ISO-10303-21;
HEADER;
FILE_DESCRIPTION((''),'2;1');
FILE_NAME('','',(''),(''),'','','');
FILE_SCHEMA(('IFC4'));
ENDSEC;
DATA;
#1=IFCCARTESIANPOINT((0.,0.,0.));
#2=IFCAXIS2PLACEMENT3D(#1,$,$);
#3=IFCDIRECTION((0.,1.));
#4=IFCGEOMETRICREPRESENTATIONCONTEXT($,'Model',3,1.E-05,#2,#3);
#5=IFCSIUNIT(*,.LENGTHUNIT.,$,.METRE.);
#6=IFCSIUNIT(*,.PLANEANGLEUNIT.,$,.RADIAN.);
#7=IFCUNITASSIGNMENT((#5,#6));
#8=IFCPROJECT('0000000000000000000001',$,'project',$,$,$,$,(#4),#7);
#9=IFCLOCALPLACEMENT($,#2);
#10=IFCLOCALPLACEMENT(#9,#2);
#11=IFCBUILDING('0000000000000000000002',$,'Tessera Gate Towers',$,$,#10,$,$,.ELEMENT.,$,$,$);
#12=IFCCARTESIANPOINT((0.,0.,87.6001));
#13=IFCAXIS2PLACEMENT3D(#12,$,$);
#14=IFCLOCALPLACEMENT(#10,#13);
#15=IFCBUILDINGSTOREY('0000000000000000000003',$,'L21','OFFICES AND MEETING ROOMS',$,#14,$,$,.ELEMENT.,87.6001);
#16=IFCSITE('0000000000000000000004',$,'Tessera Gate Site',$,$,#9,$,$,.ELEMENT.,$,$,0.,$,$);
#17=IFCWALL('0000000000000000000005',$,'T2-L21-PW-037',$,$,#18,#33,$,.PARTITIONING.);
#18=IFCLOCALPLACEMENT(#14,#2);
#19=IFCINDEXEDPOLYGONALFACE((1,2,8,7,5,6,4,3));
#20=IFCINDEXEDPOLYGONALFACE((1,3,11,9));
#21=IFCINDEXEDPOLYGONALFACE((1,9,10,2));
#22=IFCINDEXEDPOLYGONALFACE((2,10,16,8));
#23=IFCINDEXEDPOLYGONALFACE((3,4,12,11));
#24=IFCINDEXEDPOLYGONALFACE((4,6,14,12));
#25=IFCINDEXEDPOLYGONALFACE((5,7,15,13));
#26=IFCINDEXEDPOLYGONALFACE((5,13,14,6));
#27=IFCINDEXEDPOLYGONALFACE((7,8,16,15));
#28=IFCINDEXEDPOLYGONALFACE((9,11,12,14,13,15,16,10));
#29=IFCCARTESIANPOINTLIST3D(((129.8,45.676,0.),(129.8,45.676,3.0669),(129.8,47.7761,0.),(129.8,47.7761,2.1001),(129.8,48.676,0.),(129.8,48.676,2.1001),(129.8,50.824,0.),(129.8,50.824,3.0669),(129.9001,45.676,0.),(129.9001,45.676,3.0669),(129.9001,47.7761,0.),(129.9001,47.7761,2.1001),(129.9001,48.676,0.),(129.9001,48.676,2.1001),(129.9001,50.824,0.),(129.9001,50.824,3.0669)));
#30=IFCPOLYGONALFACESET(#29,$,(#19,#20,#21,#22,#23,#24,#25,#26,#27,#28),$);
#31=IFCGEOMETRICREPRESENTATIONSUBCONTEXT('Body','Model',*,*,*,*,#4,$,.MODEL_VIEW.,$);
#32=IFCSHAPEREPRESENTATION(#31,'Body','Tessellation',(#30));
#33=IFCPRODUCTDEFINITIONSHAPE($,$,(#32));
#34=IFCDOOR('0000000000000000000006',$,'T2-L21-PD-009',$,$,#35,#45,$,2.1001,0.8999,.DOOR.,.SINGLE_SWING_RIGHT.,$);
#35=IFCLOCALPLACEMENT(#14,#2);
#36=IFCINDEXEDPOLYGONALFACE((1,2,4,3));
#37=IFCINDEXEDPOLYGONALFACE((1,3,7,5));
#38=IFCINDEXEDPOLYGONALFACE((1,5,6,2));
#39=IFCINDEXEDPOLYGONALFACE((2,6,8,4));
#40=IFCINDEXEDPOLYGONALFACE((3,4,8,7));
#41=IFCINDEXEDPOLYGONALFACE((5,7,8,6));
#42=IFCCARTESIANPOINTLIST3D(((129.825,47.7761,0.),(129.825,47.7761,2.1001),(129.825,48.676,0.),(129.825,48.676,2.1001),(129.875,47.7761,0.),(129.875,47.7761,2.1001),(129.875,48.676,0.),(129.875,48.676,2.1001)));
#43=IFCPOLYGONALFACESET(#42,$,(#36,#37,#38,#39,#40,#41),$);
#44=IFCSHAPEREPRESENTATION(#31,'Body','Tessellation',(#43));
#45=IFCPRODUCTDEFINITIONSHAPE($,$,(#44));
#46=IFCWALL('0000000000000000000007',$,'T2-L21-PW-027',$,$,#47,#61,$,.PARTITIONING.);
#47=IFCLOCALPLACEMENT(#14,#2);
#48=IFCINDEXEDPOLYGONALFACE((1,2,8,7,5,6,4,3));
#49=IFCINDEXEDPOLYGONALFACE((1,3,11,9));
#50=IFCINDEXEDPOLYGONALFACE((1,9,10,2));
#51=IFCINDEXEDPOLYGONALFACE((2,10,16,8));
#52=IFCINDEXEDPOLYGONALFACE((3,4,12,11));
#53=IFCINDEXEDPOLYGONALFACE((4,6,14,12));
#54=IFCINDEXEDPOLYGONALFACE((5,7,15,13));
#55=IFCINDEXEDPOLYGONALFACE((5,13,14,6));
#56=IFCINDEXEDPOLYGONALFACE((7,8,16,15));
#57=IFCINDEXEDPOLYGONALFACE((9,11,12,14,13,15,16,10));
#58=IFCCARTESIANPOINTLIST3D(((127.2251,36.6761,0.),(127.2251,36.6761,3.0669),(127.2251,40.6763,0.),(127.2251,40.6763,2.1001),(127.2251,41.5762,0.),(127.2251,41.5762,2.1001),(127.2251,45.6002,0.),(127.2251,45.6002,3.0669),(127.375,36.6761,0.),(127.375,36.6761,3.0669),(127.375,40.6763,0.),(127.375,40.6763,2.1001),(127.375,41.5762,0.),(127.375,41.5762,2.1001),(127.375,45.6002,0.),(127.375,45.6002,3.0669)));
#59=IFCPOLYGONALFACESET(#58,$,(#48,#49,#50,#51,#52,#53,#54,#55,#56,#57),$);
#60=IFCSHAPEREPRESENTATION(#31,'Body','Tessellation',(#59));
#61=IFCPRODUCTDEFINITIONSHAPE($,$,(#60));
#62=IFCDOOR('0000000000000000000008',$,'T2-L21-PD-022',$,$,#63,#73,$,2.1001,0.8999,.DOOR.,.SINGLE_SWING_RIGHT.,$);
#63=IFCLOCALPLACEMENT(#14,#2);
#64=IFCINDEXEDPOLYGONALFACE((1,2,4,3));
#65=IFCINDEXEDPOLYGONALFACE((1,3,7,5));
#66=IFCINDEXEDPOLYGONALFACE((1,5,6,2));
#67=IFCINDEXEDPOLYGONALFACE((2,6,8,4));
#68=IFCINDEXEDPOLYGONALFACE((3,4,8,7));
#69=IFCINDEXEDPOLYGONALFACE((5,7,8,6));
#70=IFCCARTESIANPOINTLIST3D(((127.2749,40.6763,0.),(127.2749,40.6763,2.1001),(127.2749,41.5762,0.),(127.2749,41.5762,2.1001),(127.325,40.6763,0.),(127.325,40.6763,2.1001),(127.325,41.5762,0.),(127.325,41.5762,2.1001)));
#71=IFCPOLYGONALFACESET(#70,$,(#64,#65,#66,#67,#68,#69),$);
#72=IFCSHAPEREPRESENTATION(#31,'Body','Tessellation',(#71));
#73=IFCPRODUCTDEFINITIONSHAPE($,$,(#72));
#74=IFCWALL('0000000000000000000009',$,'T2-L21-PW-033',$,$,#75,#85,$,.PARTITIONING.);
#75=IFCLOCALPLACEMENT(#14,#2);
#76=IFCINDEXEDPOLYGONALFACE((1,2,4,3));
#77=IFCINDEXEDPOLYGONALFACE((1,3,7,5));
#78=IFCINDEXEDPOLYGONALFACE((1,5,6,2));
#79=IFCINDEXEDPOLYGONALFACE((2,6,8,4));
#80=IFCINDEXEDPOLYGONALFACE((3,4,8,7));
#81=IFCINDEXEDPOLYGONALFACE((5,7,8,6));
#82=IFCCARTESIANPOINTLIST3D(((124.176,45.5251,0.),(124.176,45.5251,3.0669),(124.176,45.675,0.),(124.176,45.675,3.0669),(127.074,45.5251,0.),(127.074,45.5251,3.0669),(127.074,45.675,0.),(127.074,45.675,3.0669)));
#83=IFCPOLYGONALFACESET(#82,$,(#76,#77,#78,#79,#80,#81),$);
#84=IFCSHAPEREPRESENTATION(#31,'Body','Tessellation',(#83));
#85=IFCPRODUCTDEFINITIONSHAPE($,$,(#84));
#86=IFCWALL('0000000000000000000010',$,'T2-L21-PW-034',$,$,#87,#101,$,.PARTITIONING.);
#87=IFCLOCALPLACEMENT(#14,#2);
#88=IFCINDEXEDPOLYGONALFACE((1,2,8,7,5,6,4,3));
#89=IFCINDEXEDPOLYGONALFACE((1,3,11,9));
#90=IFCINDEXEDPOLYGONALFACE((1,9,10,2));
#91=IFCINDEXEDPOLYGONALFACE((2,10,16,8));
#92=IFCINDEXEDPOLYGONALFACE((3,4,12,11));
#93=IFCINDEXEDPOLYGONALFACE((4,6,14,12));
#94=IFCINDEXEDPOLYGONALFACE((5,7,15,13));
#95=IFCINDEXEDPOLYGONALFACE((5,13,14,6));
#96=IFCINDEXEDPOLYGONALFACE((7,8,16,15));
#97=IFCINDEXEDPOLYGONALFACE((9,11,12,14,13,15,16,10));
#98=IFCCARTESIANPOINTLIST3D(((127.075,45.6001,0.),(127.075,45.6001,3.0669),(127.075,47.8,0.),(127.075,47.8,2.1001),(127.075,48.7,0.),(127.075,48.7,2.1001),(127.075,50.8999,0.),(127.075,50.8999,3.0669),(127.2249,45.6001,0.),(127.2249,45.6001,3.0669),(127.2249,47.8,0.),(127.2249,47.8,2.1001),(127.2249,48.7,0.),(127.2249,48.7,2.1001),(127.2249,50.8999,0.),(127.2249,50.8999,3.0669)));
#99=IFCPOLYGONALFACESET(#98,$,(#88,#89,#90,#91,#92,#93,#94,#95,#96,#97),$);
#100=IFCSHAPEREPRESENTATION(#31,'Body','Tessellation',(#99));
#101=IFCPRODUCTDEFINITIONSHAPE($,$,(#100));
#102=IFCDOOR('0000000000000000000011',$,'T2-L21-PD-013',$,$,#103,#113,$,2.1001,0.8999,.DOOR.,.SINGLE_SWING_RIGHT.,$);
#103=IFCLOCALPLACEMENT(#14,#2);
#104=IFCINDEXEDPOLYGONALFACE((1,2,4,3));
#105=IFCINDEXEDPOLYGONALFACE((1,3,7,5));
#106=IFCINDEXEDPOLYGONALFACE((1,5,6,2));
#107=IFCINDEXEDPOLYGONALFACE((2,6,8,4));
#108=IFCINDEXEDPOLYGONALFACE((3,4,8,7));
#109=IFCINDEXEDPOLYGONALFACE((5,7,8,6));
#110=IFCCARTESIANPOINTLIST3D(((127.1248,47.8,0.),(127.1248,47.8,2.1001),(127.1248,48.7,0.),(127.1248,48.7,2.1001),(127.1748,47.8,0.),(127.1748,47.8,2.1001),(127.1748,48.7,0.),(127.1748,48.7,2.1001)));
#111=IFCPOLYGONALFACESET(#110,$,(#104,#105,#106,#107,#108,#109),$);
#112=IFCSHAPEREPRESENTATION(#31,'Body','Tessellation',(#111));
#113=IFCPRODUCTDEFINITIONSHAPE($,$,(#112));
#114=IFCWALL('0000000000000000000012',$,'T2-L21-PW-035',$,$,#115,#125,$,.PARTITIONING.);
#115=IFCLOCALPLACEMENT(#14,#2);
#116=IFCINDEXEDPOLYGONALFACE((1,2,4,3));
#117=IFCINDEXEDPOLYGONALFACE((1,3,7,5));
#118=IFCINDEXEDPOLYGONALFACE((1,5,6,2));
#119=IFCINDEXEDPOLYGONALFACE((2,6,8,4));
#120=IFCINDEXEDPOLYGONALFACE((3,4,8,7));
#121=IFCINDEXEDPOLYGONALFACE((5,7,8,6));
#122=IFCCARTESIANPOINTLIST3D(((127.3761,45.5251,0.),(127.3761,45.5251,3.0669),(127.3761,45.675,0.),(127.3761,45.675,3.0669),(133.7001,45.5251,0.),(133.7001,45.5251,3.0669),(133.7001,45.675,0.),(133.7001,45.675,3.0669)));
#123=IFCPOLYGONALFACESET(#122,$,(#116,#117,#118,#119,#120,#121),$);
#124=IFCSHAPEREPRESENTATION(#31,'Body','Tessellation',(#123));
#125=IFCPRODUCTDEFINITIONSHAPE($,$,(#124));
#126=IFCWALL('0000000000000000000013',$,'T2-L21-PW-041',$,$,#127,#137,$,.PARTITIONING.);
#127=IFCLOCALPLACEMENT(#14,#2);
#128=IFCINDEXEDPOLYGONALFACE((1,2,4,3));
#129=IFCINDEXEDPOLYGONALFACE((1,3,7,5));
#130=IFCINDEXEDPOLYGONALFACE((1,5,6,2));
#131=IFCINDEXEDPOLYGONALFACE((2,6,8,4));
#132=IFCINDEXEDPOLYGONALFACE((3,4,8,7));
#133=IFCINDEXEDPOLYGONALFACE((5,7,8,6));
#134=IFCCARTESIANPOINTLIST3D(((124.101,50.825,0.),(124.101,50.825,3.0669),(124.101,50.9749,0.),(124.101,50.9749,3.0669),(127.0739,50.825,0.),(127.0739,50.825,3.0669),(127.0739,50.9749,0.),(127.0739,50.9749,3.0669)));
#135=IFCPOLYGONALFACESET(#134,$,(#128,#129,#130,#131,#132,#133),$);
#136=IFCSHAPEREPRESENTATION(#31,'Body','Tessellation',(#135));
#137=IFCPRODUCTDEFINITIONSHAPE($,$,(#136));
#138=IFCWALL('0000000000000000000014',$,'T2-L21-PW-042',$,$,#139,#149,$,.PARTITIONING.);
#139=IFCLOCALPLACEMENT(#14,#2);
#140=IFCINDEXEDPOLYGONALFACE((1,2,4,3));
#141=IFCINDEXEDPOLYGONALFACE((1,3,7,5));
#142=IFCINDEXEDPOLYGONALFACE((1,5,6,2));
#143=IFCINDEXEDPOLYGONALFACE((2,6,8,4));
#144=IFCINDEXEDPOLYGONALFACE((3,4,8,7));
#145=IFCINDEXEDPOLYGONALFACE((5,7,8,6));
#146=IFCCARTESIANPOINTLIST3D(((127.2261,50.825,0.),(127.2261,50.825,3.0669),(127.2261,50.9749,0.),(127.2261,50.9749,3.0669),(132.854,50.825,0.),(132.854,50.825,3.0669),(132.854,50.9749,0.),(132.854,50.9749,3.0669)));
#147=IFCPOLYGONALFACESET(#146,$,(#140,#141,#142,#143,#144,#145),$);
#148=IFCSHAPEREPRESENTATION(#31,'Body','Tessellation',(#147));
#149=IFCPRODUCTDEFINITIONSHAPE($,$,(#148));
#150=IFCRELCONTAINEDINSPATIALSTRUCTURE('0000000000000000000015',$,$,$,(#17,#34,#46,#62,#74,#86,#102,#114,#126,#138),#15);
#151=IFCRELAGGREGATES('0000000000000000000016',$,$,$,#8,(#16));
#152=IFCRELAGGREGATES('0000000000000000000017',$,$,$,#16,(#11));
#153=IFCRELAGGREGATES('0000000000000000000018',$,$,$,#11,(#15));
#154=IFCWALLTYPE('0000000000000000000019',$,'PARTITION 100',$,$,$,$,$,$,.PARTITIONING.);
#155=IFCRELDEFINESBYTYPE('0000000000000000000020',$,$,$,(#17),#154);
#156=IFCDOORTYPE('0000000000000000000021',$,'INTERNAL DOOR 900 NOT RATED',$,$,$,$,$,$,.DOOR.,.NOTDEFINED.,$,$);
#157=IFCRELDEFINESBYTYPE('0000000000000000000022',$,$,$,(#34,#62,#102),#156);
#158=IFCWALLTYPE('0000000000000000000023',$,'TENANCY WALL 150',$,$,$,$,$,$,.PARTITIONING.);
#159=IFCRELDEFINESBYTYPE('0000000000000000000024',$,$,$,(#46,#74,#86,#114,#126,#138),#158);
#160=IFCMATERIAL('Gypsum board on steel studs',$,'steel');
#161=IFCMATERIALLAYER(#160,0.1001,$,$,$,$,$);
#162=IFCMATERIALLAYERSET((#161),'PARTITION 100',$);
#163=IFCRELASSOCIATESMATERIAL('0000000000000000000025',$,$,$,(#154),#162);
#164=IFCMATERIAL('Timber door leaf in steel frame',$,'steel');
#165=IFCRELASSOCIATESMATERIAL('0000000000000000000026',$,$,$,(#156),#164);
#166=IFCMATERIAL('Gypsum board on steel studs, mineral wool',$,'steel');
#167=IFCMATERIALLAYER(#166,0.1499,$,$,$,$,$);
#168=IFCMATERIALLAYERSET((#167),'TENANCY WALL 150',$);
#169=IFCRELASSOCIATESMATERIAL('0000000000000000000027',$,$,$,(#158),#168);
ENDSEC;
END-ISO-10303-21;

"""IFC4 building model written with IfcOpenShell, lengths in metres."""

from ifc_helpers import new_model, si_unit, direction, frame, frame_2d, origin, place, context, subcontext, project, spatial, rectangle, extrude, source, transform, mapped, material, layer, layer_set, type_object, element, fill, save


model = new_model("IFC4")

# Units and contexts
model_context = context("Model", 3, precision=1e-05, world=origin(), true_north=direction((0.0, 1.0)))
body_context = subcontext(model_context, "Body", "Model", "MODEL_VIEW")
ifc_project = project(units=[si_unit("LENGTHUNIT", "METRE"), si_unit("PLANEANGLEUNIT", "RADIAN")], contexts=[model_context])

# Site, building, storey
site_placement = place(None, origin())
site = spatial("IfcSite", under=ifc_project, at=site_placement, Name="Tessera Gate Site", CompositionType="ELEMENT", RefElevation=0.0)
building_placement = place(site_placement, origin())
building = spatial("IfcBuilding", under=site, at=building_placement, Name="Tessera Gate Towers", CompositionType="ELEMENT")
storey_placement = place(building_placement, frame((0.0, 0.0, 87.6001)))
storey = spatial("IfcBuildingStorey", under=building, at=storey_placement, Name="L21", Description="OFFICES AND MEETING ROOMS", CompositionType="ELEMENT", Elevation=87.6001)

# Shared definitions
ifc_material_1 = material(Name="Gypsum board on steel studs", Category="steel")
ifc_layer_1 = layer(ifc_material_1, 0.1001)
ifc_layer_set_1 = layer_set([ifc_layer_1], Name="PARTITION 100")
wall_type_1 = type_object("IfcWallType", Name="PARTITION 100", PredefinedType="PARTITIONING", material=ifc_layer_set_1)
shared_shape_1 = source(origin(), body_context, "Body", "SweptSolid", [
    extrude(rectangle(XDim=0.8999, YDim=2.1001, at=frame_2d((0.45, 1.05))), frame((0.0, 0.0601, 0.0), z_axis=(0.0, -1.0, 0.0), x_axis=(1.0, 0.0, 0.0)), (0.0, 0.0, 1.0), 0.1201),
])
ifc_material_2 = material(Name="Timber door leaf in steel frame", Category="steel")
door_type_1 = type_object("IfcDoorType", Name="INTERNAL DOOR 900 NOT RATED", OperationType="NOTDEFINED", PredefinedType="DOOR", material=ifc_material_2)
shared_shape_2 = source(origin(), body_context, "Body", "SweptSolid", [
    extrude(rectangle(XDim=0.8999, YDim=2.1001, at=frame_2d((0.45, 1.05))), frame((0.0, 0.0249, 0.0), z_axis=(0.0, -1.0, 0.0), x_axis=(1.0, 0.0, 0.0)), (0.0, 0.0, 1.0), 0.05),
])

# Walls, openings, doors
wall_1_placement = place(storey_placement, frame((129.8501, 50.824, 0.0), z_axis=(0.0, 0.0, 1.0), x_axis=(0.0, -1.0, 0.0)))
wall_1 = element("IfcWall", 1, at=wall_1_placement, inside=storey, type_object=wall_type_1, Name="T2-L21-PW-037", PredefinedType="PARTITIONING", context=body_context, shape_type="SweptSolid", body=[
    extrude(rectangle(XDim=5.1479, YDim=0.1001, at=frame_2d((2.574, 0.0))), origin(), (0.0, 0.0, 1.0), 3.0669),
])
opening_1_placement = place(wall_1_placement, frame((2.1479, 0.0, 0.0)))
opening_1 = element("IfcOpeningElement", 2, at=opening_1_placement, cuts=wall_1, PredefinedType="OPENING", context=body_context, shape_type="MappedRepresentation", body=[
    mapped(shared_shape_1, transform((0.0, 0.0, 0.0), scale=1.0)),
])
door_1_placement = place(opening_1_placement, origin())
door_1 = element("IfcDoor", 3, at=door_1_placement, inside=storey, type_object=door_type_1, Name="T2-L21-PD-009", OperationType="SINGLE_SWING_RIGHT", OverallHeight=2.1001, OverallWidth=0.8999, PredefinedType="DOOR", context=body_context, shape_type="MappedRepresentation", body=[
    mapped(shared_shape_2, transform((0.0, 0.0, 0.0), scale=1.0)),
])
fill(opening_1, door_1)
ifc_material_3 = material(Name="Gypsum board on steel studs, mineral wool", Category="steel")
ifc_layer_2 = layer(ifc_material_3, 0.1499)
ifc_layer_set_2 = layer_set([ifc_layer_2], Name="TENANCY WALL 150")
wall_type_2 = type_object("IfcWallType", Name="TENANCY WALL 150", PredefinedType="PARTITIONING", material=ifc_layer_set_2)
wall_2_placement = place(storey_placement, frame((127.3, 45.6001, 0.0), z_axis=(0.0, 0.0, 1.0), x_axis=(0.0, -1.0, 0.0)))
wall_2 = element("IfcWall", 4, at=wall_2_placement, inside=storey, type_object=wall_type_2, Name="T2-L21-PW-027", PredefinedType="PARTITIONING", context=body_context, shape_type="SweptSolid", body=[
    extrude(rectangle(XDim=8.9241, YDim=0.1499, at=frame_2d((4.4619, 0.0))), origin(), (0.0, 0.0, 1.0), 3.0669),
])
shared_shape_3 = source(origin(), body_context, "Body", "SweptSolid", [
    extrude(rectangle(XDim=0.8999, YDim=2.1001, at=frame_2d((0.45, 1.05))), frame((0.0, 0.085, 0.0), z_axis=(0.0, -1.0, 0.0), x_axis=(1.0, 0.0, 0.0)), (0.0, 0.0, 1.0), 0.1699),
])
opening_2_placement = place(wall_2_placement, frame((4.0239, 0.0, 0.0)))
opening_2 = element("IfcOpeningElement", 5, at=opening_2_placement, cuts=wall_2, PredefinedType="OPENING", context=body_context, shape_type="MappedRepresentation", body=[
    mapped(shared_shape_3, transform((0.0, 0.0, 0.0), scale=1.0)),
])
door_2_placement = place(opening_2_placement, origin())
door_2 = element("IfcDoor", 6, at=door_2_placement, inside=storey, type_object=door_type_1, Name="T2-L21-PD-022", OperationType="SINGLE_SWING_RIGHT", OverallHeight=2.1001, OverallWidth=0.8999, PredefinedType="DOOR", context=body_context, shape_type="MappedRepresentation", body=[
    mapped(shared_shape_2, transform((0.0, 0.0, 0.0), scale=1.0)),
])
fill(opening_2, door_2)

# Wall
wall_3_placement = place(storey_placement, frame((124.176, 45.6001, 0.0), z_axis=(0.0, 0.0, 1.0), x_axis=(1.0, 0.0, 0.0)))
element("IfcWall", 7, at=wall_3_placement, inside=storey, type_object=wall_type_2, Name="T2-L21-PW-033", PredefinedType="PARTITIONING", context=body_context, shape_type="SweptSolid", body=[
    extrude(rectangle(XDim=2.8979, YDim=0.1499, at=frame_2d((1.449, 0.0))), origin(), (0.0, 0.0, 1.0), 3.0669),
])

# Wall, opening, door
wall_4_placement = place(storey_placement, frame((127.1499, 50.8999, 0.0), z_axis=(0.0, 0.0, 1.0), x_axis=(0.0, -1.0, 0.0)))
wall_4 = element("IfcWall", 8, at=wall_4_placement, inside=storey, type_object=wall_type_2, Name="T2-L21-PW-034", PredefinedType="PARTITIONING", context=body_context, shape_type="SweptSolid", body=[
    extrude(rectangle(XDim=5.2998, YDim=0.1499, at=frame_2d((2.6499, 0.0))), origin(), (0.0, 0.0, 1.0), 3.0669),
])
opening_3_placement = place(wall_4_placement, frame((2.2, 0.0, 0.0)))
opening_3 = element("IfcOpeningElement", 9, at=opening_3_placement, cuts=wall_4, PredefinedType="OPENING", context=body_context, shape_type="MappedRepresentation", body=[
    mapped(shared_shape_3, transform((0.0, 0.0, 0.0), scale=1.0)),
])
door_3_placement = place(opening_3_placement, origin())
door_3 = element("IfcDoor", 10, at=door_3_placement, inside=storey, type_object=door_type_1, Name="T2-L21-PD-013", OperationType="SINGLE_SWING_RIGHT", OverallHeight=2.1001, OverallWidth=0.8999, PredefinedType="DOOR", context=body_context, shape_type="MappedRepresentation", body=[
    mapped(shared_shape_2, transform((0.0, 0.0, 0.0), scale=1.0)),
])
fill(opening_3, door_3)

# Walls
wall_5_placement = place(storey_placement, frame((127.376, 45.6001, 0.0), z_axis=(0.0, 0.0, 1.0), x_axis=(1.0, 0.0, 0.0)))
element("IfcWall", 11, at=wall_5_placement, inside=storey, type_object=wall_type_2, Name="T2-L21-PW-035", PredefinedType="PARTITIONING", context=body_context, shape_type="SweptSolid", body=[
    extrude(rectangle(XDim=6.324, YDim=0.1499, at=frame_2d((3.1621, 0.0))), origin(), (0.0, 0.0, 1.0), 3.0669),
])
wall_6_placement = place(storey_placement, frame((124.1011, 50.8999, 0.0), z_axis=(0.0, 0.0, 1.0), x_axis=(1.0, 0.0, 0.0)))
element("IfcWall", 12, at=wall_6_placement, inside=storey, type_object=wall_type_2, Name="T2-L21-PW-041", PredefinedType="PARTITIONING", context=body_context, shape_type="SweptSolid", body=[
    extrude(rectangle(XDim=2.9729, YDim=0.1499, at=frame_2d((1.4863, 0.0))), origin(), (0.0, 0.0, 1.0), 3.0669),
])
wall_7_placement = place(storey_placement, frame((127.2261, 50.8999, 0.0), z_axis=(0.0, 0.0, 1.0), x_axis=(1.0, 0.0, 0.0)))
element("IfcWall", 13, at=wall_7_placement, inside=storey, type_object=wall_type_2, Name="T2-L21-PW-042", PredefinedType="PARTITIONING", context=body_context, shape_type="SweptSolid", body=[
    extrude(rectangle(XDim=5.6279, YDim=0.1499, at=frame_2d((2.814, 0.0))), origin(), (0.0, 0.0, 1.0), 3.0669),
])

save(model, "model.ifc")
